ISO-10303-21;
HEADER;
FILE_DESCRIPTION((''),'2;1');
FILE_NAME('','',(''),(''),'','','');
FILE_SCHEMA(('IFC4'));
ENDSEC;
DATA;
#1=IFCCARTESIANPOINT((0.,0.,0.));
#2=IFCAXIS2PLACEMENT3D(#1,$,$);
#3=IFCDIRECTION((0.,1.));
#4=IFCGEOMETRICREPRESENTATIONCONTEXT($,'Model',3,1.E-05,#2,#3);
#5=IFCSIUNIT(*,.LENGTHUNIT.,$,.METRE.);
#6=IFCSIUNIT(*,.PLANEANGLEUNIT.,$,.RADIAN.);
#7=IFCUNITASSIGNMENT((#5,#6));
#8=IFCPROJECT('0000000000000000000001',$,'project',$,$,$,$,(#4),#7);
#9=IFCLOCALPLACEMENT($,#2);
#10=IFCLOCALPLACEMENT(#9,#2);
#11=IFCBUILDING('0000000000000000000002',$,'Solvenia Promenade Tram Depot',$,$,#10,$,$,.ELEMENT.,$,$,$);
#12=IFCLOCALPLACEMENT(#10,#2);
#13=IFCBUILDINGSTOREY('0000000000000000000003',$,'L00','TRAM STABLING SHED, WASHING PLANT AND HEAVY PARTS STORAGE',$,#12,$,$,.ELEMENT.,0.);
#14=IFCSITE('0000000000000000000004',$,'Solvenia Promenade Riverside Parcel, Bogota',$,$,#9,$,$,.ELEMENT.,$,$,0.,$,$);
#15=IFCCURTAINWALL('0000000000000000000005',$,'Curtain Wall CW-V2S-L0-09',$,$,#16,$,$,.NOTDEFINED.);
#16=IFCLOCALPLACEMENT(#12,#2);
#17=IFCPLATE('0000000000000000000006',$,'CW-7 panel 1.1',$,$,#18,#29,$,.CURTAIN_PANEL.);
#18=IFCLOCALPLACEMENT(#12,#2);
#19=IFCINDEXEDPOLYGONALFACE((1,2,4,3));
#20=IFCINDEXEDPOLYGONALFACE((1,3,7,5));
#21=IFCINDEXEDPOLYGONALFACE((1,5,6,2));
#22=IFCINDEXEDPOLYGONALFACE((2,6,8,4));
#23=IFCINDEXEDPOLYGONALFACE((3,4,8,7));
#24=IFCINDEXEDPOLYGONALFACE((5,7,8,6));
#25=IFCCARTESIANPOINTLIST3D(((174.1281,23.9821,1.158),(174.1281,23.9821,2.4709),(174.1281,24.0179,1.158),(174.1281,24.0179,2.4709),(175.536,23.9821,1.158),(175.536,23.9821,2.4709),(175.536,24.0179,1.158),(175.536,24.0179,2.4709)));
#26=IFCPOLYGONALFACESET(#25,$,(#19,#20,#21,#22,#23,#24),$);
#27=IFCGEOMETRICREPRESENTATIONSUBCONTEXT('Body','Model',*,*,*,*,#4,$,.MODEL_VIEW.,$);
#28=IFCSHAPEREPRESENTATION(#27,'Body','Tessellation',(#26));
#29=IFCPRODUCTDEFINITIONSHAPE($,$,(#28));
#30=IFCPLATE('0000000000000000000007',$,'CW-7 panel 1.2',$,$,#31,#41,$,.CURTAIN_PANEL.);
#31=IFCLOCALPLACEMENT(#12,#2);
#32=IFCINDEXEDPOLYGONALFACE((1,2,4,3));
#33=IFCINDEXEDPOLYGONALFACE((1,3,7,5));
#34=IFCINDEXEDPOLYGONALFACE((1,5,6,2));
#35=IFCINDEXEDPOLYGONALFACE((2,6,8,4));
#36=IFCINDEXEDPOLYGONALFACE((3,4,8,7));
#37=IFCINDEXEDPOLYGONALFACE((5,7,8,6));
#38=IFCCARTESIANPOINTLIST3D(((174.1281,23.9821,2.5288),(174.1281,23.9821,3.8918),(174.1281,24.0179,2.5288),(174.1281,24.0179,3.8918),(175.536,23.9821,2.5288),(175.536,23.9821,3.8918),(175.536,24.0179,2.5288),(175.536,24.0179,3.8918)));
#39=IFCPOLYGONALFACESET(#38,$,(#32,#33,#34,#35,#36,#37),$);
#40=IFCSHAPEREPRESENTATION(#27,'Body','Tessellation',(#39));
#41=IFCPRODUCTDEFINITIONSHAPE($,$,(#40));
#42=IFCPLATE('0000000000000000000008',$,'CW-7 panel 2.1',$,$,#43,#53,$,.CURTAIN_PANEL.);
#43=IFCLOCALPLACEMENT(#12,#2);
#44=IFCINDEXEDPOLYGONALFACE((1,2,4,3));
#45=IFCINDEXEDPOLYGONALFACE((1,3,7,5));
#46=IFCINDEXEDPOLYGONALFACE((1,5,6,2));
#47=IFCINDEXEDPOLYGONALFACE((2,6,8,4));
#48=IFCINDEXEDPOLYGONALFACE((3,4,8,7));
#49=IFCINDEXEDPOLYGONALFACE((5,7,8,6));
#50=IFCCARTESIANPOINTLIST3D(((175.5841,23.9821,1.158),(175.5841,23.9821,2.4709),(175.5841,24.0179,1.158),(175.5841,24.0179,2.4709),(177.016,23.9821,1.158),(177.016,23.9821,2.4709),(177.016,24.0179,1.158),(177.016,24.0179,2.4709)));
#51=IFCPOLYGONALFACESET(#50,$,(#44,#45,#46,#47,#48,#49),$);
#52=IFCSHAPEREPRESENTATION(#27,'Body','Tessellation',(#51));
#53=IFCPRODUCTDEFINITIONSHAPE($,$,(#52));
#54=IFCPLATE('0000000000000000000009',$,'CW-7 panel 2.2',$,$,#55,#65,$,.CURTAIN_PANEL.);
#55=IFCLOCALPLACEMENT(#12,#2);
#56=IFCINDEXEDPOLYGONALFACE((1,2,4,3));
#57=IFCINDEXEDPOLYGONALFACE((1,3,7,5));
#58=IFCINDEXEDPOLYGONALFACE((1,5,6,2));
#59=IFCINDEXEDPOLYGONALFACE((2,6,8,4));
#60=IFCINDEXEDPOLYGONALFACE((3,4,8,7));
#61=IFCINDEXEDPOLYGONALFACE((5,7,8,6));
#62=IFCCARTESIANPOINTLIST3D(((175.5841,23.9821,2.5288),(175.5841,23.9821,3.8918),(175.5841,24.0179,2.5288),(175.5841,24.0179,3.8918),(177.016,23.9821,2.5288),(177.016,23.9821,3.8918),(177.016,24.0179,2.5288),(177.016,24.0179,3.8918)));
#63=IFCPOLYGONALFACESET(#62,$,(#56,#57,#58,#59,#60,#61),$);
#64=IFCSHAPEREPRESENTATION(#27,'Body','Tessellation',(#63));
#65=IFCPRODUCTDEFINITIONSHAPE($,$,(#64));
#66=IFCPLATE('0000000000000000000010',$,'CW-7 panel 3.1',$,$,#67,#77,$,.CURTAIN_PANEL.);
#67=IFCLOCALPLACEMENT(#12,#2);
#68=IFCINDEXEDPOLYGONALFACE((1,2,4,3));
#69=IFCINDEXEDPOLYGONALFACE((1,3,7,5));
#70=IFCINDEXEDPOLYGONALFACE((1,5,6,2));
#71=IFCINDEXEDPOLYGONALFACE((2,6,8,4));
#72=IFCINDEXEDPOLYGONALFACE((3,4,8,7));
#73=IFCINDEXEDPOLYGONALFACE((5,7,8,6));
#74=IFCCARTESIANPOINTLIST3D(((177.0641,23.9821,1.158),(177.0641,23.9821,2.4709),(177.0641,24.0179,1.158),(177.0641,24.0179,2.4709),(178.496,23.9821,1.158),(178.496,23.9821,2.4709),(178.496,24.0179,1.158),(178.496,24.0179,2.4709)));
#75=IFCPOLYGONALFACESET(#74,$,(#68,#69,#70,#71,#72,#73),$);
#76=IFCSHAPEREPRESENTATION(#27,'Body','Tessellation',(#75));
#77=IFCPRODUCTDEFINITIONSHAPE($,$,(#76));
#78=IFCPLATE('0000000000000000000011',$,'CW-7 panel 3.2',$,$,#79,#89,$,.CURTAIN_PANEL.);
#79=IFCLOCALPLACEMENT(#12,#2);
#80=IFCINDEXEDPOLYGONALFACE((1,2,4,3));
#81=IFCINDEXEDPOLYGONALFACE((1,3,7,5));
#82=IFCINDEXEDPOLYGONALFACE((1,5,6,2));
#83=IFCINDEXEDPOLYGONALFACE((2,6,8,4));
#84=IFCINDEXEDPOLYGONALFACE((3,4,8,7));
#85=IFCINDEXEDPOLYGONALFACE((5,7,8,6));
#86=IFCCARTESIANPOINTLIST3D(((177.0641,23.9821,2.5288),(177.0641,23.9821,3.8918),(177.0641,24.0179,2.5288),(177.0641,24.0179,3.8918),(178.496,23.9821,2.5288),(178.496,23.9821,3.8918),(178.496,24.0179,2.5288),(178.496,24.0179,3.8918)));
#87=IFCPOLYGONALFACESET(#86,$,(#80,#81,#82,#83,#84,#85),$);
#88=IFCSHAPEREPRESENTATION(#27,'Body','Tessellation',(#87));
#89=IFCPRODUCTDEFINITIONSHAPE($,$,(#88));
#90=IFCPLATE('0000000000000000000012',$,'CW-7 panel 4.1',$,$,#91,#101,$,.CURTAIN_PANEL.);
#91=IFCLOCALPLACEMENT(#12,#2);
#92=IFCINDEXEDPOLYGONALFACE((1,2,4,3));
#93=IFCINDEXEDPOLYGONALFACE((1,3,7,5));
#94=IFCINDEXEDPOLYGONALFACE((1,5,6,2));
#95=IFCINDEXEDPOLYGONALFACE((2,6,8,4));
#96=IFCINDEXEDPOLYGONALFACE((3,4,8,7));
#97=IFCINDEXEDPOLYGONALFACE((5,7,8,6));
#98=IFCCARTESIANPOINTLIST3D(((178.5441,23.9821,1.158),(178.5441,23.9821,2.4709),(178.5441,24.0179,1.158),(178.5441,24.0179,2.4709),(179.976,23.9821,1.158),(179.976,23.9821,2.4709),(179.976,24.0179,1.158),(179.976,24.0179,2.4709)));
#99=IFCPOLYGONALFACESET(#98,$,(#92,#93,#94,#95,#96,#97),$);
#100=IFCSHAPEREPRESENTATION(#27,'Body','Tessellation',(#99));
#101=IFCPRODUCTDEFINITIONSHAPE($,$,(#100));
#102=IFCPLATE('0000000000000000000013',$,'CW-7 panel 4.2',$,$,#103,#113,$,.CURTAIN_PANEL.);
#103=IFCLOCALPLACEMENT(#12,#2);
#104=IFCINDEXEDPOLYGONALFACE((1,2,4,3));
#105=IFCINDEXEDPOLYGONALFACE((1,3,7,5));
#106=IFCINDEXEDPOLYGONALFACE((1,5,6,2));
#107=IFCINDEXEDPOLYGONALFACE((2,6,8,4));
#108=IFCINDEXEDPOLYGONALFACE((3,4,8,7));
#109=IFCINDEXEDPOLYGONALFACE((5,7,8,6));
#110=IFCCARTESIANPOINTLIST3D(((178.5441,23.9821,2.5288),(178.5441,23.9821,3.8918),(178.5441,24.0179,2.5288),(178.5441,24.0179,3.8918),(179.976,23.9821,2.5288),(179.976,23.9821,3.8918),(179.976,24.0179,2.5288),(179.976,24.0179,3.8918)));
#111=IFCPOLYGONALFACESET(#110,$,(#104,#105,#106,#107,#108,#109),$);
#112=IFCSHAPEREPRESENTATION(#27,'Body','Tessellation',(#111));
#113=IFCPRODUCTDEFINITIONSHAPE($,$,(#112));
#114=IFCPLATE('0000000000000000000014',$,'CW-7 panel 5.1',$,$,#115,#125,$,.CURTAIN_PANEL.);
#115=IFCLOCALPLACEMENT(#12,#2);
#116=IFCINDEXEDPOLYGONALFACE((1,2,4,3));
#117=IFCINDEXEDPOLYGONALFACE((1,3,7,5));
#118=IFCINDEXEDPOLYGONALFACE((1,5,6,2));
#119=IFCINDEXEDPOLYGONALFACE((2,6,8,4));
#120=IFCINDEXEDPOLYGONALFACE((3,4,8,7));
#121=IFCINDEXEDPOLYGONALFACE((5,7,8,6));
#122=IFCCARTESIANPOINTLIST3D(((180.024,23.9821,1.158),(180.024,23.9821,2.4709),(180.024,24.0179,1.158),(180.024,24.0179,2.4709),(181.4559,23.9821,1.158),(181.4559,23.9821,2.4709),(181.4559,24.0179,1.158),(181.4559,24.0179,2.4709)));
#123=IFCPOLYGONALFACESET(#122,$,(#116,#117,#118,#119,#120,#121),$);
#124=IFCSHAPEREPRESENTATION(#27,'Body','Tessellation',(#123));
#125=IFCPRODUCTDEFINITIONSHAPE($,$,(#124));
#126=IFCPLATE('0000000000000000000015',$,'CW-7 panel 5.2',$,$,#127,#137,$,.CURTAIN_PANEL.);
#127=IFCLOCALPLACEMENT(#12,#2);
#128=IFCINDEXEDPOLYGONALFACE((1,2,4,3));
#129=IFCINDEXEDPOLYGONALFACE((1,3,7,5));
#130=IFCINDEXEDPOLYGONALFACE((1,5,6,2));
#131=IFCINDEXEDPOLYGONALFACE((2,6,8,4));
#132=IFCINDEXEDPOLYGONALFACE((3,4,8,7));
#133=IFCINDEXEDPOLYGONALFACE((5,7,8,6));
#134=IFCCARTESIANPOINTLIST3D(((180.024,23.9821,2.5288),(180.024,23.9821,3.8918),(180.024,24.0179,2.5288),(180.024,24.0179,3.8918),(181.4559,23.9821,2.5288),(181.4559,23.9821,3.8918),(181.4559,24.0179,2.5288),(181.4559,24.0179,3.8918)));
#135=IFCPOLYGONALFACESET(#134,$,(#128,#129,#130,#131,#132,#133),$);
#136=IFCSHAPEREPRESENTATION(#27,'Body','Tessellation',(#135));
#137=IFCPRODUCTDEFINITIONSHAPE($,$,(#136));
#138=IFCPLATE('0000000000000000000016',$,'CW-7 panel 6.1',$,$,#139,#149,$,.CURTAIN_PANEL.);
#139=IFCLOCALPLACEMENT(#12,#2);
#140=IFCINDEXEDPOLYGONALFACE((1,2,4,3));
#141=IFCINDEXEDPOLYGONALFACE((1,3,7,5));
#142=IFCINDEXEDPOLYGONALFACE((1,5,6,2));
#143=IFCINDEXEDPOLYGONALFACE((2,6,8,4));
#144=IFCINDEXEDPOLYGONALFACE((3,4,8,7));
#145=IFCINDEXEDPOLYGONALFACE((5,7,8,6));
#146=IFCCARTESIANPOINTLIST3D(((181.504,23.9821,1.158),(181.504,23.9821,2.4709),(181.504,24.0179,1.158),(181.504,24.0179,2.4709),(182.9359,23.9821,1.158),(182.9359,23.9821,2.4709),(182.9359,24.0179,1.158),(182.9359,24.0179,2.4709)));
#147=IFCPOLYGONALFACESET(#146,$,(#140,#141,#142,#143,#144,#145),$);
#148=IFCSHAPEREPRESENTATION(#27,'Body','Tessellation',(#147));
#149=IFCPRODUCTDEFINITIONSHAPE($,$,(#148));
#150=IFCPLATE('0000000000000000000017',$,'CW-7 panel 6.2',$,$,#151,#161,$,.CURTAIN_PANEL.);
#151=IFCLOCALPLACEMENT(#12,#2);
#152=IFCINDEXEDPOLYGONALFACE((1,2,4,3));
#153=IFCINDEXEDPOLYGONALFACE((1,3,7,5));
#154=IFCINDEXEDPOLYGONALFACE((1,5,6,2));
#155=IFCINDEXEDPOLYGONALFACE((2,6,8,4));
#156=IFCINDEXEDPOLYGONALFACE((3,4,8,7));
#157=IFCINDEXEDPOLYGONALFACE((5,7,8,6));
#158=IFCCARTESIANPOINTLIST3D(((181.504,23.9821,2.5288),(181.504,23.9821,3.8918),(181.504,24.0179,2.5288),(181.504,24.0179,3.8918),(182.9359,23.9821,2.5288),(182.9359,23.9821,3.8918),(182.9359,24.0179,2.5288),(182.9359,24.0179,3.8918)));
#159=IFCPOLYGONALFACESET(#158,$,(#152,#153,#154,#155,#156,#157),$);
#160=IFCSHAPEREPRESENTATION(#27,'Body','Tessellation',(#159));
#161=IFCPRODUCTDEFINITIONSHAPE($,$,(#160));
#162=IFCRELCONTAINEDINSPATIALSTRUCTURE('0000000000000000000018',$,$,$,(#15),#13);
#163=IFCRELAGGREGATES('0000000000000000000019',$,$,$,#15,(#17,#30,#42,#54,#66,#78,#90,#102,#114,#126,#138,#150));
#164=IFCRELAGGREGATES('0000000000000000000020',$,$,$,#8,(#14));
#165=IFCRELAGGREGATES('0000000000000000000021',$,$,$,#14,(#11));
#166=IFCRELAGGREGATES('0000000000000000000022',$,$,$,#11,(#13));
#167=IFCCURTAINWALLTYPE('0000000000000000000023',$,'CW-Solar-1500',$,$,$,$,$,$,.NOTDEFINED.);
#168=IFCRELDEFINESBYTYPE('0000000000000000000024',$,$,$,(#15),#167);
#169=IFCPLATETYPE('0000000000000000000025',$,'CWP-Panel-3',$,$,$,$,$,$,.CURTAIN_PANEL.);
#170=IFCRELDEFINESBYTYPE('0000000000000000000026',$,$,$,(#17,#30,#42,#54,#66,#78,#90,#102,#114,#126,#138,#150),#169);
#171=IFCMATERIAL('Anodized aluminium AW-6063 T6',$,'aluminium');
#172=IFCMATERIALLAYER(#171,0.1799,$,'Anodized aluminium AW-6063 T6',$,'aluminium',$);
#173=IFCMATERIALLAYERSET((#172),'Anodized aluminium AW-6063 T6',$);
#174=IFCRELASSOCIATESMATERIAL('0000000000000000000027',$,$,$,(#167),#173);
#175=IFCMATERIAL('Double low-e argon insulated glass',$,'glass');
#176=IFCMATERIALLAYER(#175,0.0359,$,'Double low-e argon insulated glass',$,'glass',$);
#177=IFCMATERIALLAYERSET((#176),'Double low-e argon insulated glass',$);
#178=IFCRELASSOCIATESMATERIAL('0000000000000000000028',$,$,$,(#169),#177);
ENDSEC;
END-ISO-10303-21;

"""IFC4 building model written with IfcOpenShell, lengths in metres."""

from ifc_helpers import new_model, si_unit, direction, frame, origin, origin_2d, place, context, subcontext, project, spatial, rectangle, extrude, material, layer, layer_set, type_object, element, aggregate, save


model = new_model("IFC4")

# Units and contexts
model_context = context("Model", 3, precision=1e-05, world=origin(), true_north=direction((0.0, 1.0)))
body_context = subcontext(model_context, "Body", "Model", "MODEL_VIEW")
ifc_project = project(units=[si_unit("LENGTHUNIT", "METRE"), si_unit("PLANEANGLEUNIT", "RADIAN")], contexts=[model_context])

# Site, building, storey
site_placement = place(None, origin())
site = spatial("IfcSite", under=ifc_project, at=site_placement, Name="Solvenia Promenade Riverside Parcel, Bogota", CompositionType="ELEMENT", RefElevation=0.0)
building_placement = place(site_placement, origin())
building = spatial("IfcBuilding", under=site, at=building_placement, Name="Solvenia Promenade Tram Depot", CompositionType="ELEMENT")
storey_placement = place(building_placement, origin())
storey = spatial("IfcBuildingStorey", under=building, at=storey_placement, Name="L00", Description="TRAM STABLING SHED, WASHING PLANT AND HEAVY PARTS STORAGE", CompositionType="ELEMENT", Elevation=0.0)

# Curtain wall, plates
ifc_material_1 = material(Name="Anodized aluminium AW-6063 T6", Category="aluminium")
ifc_layer_1 = layer(ifc_material_1, 0.1799, Name="Anodized aluminium AW-6063 T6", Category="aluminium")
ifc_layer_set_1 = layer_set([ifc_layer_1], Name="Anodized aluminium AW-6063 T6")
curtain_wall_type = type_object("IfcCurtainWallType", Name="CW-Solar-1500", PredefinedType="NOTDEFINED", material=ifc_layer_set_1)
curtain_wall_placement = place(storey_placement, origin())
curtain_wall = element("IfcCurtainWall", 1, at=curtain_wall_placement, inside=storey, type_object=curtain_wall_type, Name="Curtain Wall CW-V2S-L0-09", PredefinedType="NOTDEFINED")
ifc_material_2 = material(Name="Double low-e argon insulated glass", Category="glass")
ifc_layer_2 = layer(ifc_material_2, 0.0359, Name="Double low-e argon insulated glass", Category="glass")
ifc_layer_set_2 = layer_set([ifc_layer_2], Name="Double low-e argon insulated glass")
plate_type = type_object("IfcPlateType", Name="CWP-Panel-3", PredefinedType="CURTAIN_PANEL", material=ifc_layer_set_2)
plate_1_placement = place(storey_placement, frame((174.832, 24.0, 1.158), z_axis=(0.0, 0.0, 1.0), x_axis=(1.0, 0.0, 0.0)))
plate_1 = element("IfcPlate", 2, at=plate_1_placement, type_object=plate_type, Name="CW-7 panel 1.1", PredefinedType="CURTAIN_PANEL", context=body_context, shape_type="SweptSolid", body=[
    extrude(rectangle(XDim=1.408, YDim=0.0359, at=origin_2d()), origin(), (0.0, 0.0, 1.0), 1.313),
])
plate_2_placement = place(storey_placement, frame((174.832, 24.0, 2.5288), z_axis=(0.0, 0.0, 1.0), x_axis=(1.0, 0.0, 0.0)))
plate_2 = element("IfcPlate", 3, at=plate_2_placement, type_object=plate_type, Name="CW-7 panel 1.2", PredefinedType="CURTAIN_PANEL", context=body_context, shape_type="SweptSolid", body=[
    extrude(rectangle(XDim=1.408, YDim=0.0359, at=origin_2d()), origin(), (0.0, 0.0, 1.0), 1.363),
])
plate_3_placement = place(storey_placement, frame((176.3, 24.0, 1.158), z_axis=(0.0, 0.0, 1.0), x_axis=(1.0, 0.0, 0.0)))
plate_3 = element("IfcPlate", 4, at=plate_3_placement, type_object=plate_type, Name="CW-7 panel 2.1", PredefinedType="CURTAIN_PANEL", context=body_context, shape_type="SweptSolid", body=[
    extrude(rectangle(XDim=1.4319, YDim=0.0359, at=origin_2d()), origin(), (0.0, 0.0, 1.0), 1.313),
])
plate_4_placement = place(storey_placement, frame((176.3, 24.0, 2.5288), z_axis=(0.0, 0.0, 1.0), x_axis=(1.0, 0.0, 0.0)))
plate_4 = element("IfcPlate", 5, at=plate_4_placement, type_object=plate_type, Name="CW-7 panel 2.2", PredefinedType="CURTAIN_PANEL", context=body_context, shape_type="SweptSolid", body=[
    extrude(rectangle(XDim=1.4319, YDim=0.0359, at=origin_2d()), origin(), (0.0, 0.0, 1.0), 1.363),
])
plate_5_placement = place(storey_placement, frame((177.78, 24.0, 1.158), z_axis=(0.0, 0.0, 1.0), x_axis=(1.0, 0.0, 0.0)))
plate_5 = element("IfcPlate", 6, at=plate_5_placement, type_object=plate_type, Name="CW-7 panel 3.1", PredefinedType="CURTAIN_PANEL", context=body_context, shape_type="SweptSolid", body=[
    extrude(rectangle(XDim=1.4319, YDim=0.0359, at=origin_2d()), origin(), (0.0, 0.0, 1.0), 1.313),
])
plate_6_placement = place(storey_placement, frame((177.78, 24.0, 2.5288), z_axis=(0.0, 0.0, 1.0), x_axis=(1.0, 0.0, 0.0)))
plate_6 = element("IfcPlate", 7, at=plate_6_placement, type_object=plate_type, Name="CW-7 panel 3.2", PredefinedType="CURTAIN_PANEL", context=body_context, shape_type="SweptSolid", body=[
    extrude(rectangle(XDim=1.4319, YDim=0.0359, at=origin_2d()), origin(), (0.0, 0.0, 1.0), 1.363),
])
plate_7_placement = place(storey_placement, frame((179.26, 24.0, 1.158), z_axis=(0.0, 0.0, 1.0), x_axis=(1.0, 0.0, 0.0)))
plate_7 = element("IfcPlate", 8, at=plate_7_placement, type_object=plate_type, Name="CW-7 panel 4.1", PredefinedType="CURTAIN_PANEL", context=body_context, shape_type="SweptSolid", body=[
    extrude(rectangle(XDim=1.4319, YDim=0.0359, at=origin_2d()), origin(), (0.0, 0.0, 1.0), 1.313),
])
plate_8_placement = place(storey_placement, frame((179.26, 24.0, 2.5288), z_axis=(0.0, 0.0, 1.0), x_axis=(1.0, 0.0, 0.0)))
plate_8 = element("IfcPlate", 9, at=plate_8_placement, type_object=plate_type, Name="CW-7 panel 4.2", PredefinedType="CURTAIN_PANEL", context=body_context, shape_type="SweptSolid", body=[
    extrude(rectangle(XDim=1.4319, YDim=0.0359, at=origin_2d()), origin(), (0.0, 0.0, 1.0), 1.363),
])
plate_9_placement = place(storey_placement, frame((180.74, 24.0, 1.158), z_axis=(0.0, 0.0, 1.0), x_axis=(1.0, 0.0, 0.0)))
plate_9 = element("IfcPlate", 10, at=plate_9_placement, type_object=plate_type, Name="CW-7 panel 5.1", PredefinedType="CURTAIN_PANEL", context=body_context, shape_type="SweptSolid", body=[
    extrude(rectangle(XDim=1.4319, YDim=0.0359, at=origin_2d()), origin(), (0.0, 0.0, 1.0), 1.313),
])
plate_10_placement = place(storey_placement, frame((180.74, 24.0, 2.5288), z_axis=(0.0, 0.0, 1.0), x_axis=(1.0, 0.0, 0.0)))
plate_10 = element("IfcPlate", 11, at=plate_10_placement, type_object=plate_type, Name="CW-7 panel 5.2", PredefinedType="CURTAIN_PANEL", context=body_context, shape_type="SweptSolid", body=[
    extrude(rectangle(XDim=1.4319, YDim=0.0359, at=origin_2d()), origin(), (0.0, 0.0, 1.0), 1.363),
])
plate_11_placement = place(storey_placement, frame((182.22, 24.0, 1.158), z_axis=(0.0, 0.0, 1.0), x_axis=(1.0, 0.0, 0.0)))
plate_11 = element("IfcPlate", 12, at=plate_11_placement, type_object=plate_type, Name="CW-7 panel 6.1", PredefinedType="CURTAIN_PANEL", context=body_context, shape_type="SweptSolid", body=[
    extrude(rectangle(XDim=1.4319, YDim=0.0359, at=origin_2d()), origin(), (0.0, 0.0, 1.0), 1.313),
])
plate_12_placement = place(storey_placement, frame((182.22, 24.0, 2.5288), z_axis=(0.0, 0.0, 1.0), x_axis=(1.0, 0.0, 0.0)))
plate_12 = element("IfcPlate", 13, at=plate_12_placement, type_object=plate_type, Name="CW-7 panel 6.2", PredefinedType="CURTAIN_PANEL", context=body_context, shape_type="SweptSolid", body=[
    extrude(rectangle(XDim=1.4319, YDim=0.0359, at=origin_2d()), origin(), (0.0, 0.0, 1.0), 1.363),
])
aggregate(curtain_wall, [plate_1, plate_2, plate_3, plate_4, plate_5, plate_6, plate_7, plate_8, plate_9, plate_10, plate_11, plate_12])

save(model, "model.ifc")
